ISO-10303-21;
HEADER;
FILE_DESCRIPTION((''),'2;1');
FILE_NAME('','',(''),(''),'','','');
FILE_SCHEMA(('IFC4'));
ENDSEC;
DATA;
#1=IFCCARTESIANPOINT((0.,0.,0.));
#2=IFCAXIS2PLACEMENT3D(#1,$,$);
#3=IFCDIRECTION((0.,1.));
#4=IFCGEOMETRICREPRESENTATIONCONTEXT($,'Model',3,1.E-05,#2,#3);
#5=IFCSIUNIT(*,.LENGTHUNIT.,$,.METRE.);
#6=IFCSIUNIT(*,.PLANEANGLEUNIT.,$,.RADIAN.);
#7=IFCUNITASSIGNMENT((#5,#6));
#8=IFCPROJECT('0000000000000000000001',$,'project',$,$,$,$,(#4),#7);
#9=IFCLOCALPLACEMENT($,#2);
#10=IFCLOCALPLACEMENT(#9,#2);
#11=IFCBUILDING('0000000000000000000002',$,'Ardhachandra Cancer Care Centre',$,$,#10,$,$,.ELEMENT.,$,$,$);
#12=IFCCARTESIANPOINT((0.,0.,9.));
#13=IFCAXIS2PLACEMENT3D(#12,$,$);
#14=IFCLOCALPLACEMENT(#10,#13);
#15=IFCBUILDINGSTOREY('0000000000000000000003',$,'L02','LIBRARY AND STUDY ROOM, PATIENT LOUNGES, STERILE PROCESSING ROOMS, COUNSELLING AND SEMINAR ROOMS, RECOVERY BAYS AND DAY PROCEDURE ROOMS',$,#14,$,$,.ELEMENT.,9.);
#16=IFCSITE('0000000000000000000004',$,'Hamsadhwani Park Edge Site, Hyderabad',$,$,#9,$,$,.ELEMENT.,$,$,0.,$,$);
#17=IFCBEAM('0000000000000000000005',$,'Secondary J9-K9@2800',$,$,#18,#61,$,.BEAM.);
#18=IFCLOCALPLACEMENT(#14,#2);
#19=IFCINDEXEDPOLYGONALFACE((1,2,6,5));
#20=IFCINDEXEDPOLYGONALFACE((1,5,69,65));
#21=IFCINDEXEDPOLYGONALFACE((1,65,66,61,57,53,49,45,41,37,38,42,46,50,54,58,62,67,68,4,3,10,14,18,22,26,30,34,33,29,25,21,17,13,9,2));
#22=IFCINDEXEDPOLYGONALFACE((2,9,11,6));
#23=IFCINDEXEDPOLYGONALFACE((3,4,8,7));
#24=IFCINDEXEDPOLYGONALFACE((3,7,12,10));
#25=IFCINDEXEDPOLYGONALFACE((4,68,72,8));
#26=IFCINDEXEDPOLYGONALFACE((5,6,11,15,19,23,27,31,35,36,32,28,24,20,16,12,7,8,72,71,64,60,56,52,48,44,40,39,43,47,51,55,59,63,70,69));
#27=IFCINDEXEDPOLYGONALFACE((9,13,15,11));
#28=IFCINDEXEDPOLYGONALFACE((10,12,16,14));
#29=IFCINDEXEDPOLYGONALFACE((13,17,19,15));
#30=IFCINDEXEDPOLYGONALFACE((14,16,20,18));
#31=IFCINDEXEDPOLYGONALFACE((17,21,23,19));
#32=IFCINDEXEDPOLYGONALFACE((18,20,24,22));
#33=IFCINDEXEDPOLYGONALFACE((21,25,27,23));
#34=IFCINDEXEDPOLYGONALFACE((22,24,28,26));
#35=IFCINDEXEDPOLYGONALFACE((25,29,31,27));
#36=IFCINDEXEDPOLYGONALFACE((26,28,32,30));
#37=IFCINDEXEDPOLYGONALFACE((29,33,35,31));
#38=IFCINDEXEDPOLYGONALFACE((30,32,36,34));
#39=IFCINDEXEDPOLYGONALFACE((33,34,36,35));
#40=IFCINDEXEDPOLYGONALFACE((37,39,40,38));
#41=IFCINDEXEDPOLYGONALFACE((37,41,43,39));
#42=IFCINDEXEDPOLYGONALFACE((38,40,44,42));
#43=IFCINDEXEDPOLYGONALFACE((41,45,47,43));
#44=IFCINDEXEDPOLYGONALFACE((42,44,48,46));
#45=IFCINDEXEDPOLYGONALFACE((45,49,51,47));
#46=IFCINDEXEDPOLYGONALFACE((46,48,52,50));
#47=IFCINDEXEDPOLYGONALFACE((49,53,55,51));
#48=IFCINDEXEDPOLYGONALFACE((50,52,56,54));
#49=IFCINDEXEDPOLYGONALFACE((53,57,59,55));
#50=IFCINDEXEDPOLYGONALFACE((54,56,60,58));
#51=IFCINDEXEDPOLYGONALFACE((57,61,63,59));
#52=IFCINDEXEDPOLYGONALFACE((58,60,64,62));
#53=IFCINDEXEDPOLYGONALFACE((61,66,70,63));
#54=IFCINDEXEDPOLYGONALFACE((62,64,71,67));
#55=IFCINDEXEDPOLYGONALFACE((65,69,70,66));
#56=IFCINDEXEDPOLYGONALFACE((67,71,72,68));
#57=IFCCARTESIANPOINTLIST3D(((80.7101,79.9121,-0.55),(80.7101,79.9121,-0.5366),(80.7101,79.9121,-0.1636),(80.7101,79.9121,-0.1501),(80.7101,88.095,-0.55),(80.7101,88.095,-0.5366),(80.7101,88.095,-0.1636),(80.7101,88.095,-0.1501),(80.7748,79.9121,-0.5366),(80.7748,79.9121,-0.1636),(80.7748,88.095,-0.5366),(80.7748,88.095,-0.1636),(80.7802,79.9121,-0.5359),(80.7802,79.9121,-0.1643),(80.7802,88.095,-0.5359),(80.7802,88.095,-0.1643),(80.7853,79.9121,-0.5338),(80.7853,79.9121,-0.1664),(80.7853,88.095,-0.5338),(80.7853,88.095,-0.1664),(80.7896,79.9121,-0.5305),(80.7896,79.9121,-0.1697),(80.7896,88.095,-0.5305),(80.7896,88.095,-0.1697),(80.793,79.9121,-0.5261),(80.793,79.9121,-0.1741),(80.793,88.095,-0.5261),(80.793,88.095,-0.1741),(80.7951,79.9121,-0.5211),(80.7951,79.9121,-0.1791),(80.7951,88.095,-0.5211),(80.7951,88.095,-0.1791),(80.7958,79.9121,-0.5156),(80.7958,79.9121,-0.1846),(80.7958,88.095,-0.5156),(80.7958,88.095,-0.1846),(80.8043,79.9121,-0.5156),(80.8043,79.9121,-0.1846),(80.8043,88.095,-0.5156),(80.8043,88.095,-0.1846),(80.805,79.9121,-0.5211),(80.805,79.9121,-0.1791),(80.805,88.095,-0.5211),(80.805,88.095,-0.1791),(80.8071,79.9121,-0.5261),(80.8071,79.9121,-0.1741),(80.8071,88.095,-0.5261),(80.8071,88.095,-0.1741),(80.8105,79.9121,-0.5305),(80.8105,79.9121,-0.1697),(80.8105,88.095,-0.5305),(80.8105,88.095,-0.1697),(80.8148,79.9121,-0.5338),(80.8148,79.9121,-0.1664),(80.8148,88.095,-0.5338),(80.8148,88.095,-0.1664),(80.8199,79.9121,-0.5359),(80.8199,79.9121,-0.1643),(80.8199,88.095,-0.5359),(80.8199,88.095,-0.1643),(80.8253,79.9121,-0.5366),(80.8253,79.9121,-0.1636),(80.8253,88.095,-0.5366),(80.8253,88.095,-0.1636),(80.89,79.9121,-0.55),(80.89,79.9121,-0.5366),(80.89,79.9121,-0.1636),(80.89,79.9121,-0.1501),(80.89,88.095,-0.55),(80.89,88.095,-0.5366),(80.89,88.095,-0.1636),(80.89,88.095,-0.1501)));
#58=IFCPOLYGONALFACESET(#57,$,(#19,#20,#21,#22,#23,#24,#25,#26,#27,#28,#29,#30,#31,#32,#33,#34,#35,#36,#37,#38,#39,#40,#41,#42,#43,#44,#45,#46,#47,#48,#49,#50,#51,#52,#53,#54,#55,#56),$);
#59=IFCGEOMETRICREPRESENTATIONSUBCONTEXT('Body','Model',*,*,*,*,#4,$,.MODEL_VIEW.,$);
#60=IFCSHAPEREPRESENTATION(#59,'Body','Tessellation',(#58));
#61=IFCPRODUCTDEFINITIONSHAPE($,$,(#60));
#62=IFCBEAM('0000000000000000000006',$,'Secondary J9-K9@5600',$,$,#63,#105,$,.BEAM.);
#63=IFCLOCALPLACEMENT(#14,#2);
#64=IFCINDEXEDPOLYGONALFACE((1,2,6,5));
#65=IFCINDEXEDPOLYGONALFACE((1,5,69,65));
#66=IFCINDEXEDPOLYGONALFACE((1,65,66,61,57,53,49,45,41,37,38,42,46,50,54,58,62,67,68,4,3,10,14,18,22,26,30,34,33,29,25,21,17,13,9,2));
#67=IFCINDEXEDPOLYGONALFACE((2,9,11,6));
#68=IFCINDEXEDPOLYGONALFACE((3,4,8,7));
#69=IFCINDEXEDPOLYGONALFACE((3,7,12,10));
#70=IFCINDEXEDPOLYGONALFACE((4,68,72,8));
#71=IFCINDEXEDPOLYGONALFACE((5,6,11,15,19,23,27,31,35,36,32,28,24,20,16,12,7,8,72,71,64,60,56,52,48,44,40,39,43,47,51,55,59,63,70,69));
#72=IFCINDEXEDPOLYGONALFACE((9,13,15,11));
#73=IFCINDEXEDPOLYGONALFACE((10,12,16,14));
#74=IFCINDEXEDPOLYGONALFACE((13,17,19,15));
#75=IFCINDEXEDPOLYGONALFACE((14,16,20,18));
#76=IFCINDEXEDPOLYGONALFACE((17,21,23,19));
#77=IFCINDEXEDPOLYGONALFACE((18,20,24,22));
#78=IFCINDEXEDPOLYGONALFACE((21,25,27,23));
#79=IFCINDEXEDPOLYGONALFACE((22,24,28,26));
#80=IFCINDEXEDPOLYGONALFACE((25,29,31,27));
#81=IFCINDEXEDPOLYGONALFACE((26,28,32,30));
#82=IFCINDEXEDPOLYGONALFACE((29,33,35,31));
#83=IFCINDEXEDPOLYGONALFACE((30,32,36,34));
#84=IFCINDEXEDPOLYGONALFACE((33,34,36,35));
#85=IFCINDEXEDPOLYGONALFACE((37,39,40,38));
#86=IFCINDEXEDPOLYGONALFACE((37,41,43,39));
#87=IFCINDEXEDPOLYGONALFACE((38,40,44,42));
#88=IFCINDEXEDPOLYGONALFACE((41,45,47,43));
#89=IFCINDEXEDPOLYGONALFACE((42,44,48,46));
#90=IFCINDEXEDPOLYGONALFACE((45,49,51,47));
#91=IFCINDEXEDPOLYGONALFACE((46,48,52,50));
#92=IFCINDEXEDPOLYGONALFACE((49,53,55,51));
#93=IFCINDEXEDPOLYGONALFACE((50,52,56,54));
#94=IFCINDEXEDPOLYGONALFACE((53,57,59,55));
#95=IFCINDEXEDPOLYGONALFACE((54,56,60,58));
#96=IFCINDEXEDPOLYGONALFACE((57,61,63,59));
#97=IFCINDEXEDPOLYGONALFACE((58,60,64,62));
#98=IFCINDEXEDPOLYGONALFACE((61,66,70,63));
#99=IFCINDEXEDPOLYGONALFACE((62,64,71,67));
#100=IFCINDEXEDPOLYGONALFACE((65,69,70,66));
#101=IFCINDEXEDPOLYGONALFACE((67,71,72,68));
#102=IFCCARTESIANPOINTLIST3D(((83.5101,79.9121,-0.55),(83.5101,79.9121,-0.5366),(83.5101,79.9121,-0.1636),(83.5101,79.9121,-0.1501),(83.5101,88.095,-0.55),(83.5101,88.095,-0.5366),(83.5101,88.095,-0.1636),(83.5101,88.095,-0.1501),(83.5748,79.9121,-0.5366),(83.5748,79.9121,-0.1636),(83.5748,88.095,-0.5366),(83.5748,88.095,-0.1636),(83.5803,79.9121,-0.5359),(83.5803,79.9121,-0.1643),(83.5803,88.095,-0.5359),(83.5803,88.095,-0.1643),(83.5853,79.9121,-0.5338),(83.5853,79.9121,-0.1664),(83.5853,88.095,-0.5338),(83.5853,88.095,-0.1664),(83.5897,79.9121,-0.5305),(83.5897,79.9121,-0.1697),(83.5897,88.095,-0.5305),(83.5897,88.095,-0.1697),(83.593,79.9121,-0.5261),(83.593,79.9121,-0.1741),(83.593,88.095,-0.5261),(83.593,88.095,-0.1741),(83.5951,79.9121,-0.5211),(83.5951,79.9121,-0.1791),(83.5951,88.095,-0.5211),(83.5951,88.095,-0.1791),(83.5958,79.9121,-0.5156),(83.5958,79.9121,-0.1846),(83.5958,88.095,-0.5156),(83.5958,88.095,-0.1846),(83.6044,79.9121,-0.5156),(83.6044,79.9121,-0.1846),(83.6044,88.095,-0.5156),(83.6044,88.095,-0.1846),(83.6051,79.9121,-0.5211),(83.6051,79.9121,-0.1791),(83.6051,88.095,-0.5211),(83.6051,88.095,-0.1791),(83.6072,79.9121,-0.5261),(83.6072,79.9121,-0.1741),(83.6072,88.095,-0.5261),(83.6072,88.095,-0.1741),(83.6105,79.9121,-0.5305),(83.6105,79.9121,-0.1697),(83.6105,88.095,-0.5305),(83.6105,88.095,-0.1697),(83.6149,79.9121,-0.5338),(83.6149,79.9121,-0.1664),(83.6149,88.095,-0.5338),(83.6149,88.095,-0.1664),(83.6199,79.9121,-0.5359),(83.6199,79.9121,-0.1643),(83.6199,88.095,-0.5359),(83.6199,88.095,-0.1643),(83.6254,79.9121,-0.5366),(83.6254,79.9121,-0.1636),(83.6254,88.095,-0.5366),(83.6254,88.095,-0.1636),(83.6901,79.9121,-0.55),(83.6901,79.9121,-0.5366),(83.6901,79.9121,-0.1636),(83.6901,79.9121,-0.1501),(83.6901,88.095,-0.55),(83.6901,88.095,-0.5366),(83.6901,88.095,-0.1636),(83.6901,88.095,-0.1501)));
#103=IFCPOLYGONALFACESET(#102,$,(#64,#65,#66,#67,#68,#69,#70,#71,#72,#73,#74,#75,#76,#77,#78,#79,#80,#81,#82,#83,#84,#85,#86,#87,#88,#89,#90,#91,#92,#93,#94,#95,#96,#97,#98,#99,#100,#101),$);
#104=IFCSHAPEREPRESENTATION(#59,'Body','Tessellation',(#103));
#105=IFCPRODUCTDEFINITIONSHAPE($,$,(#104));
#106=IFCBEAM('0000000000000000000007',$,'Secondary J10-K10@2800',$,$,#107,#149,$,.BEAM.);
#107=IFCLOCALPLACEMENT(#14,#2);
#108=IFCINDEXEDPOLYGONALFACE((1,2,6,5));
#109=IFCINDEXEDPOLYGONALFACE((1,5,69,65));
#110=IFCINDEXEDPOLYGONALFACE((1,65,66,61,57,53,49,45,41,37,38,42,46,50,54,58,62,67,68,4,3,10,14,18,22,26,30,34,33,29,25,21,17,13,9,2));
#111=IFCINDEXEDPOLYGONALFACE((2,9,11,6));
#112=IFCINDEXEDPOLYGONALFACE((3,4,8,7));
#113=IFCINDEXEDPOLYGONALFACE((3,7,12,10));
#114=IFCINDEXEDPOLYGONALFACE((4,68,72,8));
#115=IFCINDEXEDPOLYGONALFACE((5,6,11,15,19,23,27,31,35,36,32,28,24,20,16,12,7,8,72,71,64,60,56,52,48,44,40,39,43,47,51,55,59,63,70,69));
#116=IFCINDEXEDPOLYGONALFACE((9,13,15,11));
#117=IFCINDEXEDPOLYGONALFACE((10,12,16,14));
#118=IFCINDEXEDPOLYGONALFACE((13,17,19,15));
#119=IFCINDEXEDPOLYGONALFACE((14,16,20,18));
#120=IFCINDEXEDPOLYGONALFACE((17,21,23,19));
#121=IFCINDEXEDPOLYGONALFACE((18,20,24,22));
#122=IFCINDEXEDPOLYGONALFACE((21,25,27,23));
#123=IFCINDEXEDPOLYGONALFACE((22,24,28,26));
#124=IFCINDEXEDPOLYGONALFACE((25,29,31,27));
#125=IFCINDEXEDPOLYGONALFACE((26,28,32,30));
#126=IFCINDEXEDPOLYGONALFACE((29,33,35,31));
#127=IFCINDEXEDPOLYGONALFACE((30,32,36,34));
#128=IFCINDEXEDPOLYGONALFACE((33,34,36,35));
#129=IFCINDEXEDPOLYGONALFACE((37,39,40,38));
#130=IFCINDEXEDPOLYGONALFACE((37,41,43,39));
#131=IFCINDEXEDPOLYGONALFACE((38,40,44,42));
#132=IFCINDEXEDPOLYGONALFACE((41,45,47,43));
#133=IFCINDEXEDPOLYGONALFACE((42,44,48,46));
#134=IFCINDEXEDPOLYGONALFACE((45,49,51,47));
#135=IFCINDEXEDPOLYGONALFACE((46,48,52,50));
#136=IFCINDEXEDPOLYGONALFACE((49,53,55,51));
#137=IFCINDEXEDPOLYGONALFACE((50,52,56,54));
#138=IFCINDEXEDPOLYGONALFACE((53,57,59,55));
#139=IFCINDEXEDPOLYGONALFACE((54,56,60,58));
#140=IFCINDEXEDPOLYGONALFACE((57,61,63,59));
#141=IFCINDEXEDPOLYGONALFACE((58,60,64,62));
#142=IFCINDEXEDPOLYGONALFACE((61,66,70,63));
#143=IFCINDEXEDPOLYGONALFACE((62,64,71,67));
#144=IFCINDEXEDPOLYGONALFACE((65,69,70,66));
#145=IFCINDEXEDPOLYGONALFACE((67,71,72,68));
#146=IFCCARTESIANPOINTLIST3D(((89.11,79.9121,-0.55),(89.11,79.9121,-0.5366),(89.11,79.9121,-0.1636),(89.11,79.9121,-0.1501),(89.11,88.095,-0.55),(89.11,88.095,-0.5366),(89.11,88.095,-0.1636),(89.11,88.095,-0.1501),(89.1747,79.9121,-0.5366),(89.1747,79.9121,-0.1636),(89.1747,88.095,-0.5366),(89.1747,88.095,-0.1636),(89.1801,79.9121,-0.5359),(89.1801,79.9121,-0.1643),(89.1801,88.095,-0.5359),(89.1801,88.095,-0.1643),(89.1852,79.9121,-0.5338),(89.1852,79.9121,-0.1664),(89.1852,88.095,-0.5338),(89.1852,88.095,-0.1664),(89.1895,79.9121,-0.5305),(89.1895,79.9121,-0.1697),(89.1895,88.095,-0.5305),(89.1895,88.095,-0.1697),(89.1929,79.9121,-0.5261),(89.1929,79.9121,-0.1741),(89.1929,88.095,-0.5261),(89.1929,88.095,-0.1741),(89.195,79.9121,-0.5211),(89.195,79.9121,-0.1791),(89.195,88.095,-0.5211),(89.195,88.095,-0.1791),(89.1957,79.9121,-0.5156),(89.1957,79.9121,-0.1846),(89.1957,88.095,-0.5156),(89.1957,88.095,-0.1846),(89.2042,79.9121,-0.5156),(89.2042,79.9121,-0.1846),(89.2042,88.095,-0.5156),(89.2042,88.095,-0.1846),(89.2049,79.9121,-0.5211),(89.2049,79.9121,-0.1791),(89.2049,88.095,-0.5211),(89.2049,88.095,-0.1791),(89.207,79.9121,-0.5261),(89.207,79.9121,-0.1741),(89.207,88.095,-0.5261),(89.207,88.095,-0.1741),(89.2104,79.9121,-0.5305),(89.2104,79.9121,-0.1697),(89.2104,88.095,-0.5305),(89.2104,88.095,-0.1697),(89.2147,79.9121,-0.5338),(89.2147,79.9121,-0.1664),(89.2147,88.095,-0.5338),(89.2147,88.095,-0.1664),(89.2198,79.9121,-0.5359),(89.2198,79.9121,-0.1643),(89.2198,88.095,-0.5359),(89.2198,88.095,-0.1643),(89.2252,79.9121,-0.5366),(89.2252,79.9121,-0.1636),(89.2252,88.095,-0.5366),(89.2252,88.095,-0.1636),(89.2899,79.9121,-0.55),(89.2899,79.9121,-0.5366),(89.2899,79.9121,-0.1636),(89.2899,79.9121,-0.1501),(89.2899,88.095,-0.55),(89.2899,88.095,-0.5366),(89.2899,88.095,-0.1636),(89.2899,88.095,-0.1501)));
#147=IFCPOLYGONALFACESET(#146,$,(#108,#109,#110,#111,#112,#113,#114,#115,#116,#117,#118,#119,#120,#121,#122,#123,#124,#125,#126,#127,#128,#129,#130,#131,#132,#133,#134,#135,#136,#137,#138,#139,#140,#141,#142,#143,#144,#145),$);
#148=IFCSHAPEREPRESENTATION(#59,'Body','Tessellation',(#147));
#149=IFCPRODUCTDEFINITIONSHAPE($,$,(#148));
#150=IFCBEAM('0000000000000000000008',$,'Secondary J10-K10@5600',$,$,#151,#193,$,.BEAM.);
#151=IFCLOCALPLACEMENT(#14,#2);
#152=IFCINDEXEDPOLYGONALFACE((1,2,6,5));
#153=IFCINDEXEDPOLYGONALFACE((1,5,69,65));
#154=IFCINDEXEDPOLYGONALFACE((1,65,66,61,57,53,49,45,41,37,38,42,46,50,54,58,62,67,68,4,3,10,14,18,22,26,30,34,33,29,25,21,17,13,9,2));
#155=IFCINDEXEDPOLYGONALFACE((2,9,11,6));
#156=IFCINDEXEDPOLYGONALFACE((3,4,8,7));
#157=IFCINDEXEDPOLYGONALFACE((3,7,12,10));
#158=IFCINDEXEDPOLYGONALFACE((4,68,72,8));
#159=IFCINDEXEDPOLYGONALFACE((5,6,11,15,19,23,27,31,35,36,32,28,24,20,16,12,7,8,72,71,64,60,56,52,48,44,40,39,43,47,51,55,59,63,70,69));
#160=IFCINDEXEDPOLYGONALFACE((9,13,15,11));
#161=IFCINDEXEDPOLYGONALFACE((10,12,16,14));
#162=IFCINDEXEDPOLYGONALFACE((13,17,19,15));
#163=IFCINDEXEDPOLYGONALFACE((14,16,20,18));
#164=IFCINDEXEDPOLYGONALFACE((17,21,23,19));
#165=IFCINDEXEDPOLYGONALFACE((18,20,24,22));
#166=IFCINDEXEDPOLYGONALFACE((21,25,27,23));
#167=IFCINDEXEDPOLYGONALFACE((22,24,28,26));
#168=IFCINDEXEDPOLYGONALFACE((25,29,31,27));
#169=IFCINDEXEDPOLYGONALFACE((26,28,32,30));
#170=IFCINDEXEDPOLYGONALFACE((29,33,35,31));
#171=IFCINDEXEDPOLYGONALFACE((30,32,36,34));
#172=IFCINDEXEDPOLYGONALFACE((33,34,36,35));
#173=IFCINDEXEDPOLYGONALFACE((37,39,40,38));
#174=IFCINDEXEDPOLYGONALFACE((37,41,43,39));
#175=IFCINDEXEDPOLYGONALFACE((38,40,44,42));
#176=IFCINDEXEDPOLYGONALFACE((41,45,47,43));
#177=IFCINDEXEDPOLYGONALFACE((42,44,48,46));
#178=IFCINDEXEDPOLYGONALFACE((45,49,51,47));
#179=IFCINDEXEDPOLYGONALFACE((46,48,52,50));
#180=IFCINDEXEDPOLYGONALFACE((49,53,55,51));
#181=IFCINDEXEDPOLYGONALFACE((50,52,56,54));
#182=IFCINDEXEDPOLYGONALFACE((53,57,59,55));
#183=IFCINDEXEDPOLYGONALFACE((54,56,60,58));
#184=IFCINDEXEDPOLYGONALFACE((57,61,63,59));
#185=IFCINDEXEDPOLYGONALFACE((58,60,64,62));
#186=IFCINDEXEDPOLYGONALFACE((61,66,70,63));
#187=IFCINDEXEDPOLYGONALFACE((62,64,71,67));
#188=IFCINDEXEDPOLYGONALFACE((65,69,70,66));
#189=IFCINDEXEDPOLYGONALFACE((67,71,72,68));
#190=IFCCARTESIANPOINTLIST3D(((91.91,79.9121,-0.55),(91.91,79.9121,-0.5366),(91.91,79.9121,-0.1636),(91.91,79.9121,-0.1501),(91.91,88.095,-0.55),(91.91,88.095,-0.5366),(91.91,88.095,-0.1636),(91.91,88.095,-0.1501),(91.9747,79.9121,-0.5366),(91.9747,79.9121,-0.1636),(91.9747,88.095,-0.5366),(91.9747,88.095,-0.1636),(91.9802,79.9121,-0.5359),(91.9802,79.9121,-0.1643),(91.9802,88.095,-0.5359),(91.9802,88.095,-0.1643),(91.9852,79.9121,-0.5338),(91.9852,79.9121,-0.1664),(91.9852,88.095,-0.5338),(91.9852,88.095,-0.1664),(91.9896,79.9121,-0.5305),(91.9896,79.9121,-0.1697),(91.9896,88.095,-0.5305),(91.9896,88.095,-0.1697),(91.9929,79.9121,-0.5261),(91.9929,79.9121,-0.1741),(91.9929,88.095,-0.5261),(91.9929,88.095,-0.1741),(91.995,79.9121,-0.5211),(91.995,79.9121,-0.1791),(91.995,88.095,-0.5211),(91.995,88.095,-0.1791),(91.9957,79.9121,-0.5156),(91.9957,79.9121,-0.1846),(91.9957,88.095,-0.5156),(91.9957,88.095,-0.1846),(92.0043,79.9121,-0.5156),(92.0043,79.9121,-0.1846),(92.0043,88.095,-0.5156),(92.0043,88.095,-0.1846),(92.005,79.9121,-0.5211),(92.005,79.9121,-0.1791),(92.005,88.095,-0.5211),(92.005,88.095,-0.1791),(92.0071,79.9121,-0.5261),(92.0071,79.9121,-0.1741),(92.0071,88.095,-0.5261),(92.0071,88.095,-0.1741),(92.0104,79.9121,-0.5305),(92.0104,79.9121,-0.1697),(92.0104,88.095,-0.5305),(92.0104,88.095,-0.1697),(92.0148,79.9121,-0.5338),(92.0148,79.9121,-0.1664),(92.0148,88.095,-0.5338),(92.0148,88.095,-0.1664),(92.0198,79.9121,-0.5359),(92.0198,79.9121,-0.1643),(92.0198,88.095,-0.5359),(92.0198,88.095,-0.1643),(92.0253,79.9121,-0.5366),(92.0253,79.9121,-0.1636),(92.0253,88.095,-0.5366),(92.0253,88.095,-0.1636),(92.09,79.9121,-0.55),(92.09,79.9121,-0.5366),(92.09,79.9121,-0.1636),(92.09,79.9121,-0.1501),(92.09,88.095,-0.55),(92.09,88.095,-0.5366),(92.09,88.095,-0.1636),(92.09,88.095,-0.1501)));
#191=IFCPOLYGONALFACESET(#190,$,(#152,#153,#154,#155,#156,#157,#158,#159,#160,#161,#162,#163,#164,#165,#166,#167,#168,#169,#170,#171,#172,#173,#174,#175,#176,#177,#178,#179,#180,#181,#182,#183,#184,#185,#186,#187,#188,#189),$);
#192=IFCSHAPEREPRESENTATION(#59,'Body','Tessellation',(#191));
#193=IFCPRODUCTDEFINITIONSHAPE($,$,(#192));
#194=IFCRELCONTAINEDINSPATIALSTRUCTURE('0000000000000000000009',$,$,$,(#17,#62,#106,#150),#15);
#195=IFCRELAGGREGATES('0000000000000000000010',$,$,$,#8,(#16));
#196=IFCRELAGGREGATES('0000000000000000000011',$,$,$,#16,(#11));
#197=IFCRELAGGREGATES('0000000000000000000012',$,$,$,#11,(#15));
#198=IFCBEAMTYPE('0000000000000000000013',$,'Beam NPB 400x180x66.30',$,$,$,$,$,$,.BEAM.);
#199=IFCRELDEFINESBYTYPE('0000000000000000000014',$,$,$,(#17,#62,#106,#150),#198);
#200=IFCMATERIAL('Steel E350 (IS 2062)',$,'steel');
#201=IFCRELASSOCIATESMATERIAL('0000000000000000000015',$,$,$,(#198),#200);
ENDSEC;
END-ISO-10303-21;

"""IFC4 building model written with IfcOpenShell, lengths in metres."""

from ifc_helpers import new_model, si_unit, direction, frame, origin, origin_2d, place, context, subcontext, project, spatial, i_section, extrude, material, material_profile, profile_set, type_object, element, save


model = new_model("IFC4")

# Units and contexts
model_context = context("Model", 3, precision=1e-05, world=origin(), true_north=direction((0.0, 1.0)))
body_context = subcontext(model_context, "Body", "Model", "MODEL_VIEW")
ifc_project = project(units=[si_unit("LENGTHUNIT", "METRE"), si_unit("PLANEANGLEUNIT", "RADIAN")], contexts=[model_context])

# Site, building, storey
site_placement = place(None, origin())
site = spatial("IfcSite", under=ifc_project, at=site_placement, Name="Hamsadhwani Park Edge Site, Hyderabad", CompositionType="ELEMENT", RefElevation=0.0)
building_placement = place(site_placement, origin())
building = spatial("IfcBuilding", under=site, at=building_placement, Name="Ardhachandra Cancer Care Centre", CompositionType="ELEMENT")
storey_placement = place(building_placement, frame((0.0, 0.0, 9.0)))
storey = spatial("IfcBuildingStorey", under=building, at=storey_placement, Name="L02", Description="LIBRARY AND STUDY ROOM, PATIENT LOUNGES, STERILE PROCESSING ROOMS, COUNSELLING AND SEMINAR ROOMS, RECOVERY BAYS AND DAY PROCEDURE ROOMS", CompositionType="ELEMENT", Elevation=9.0)

# Beams
ifc_material_1 = material(Name="Steel E350 (IS 2062)", Category="steel")
ifc_material_profile_1 = material_profile(ifc_material_1, i_section(OverallWidth=0.1799, OverallDepth=0.3999, WebThickness=0.0085, FlangeThickness=0.0134, FilletRadius=0.021, at=origin_2d()), Name="NPB 400x180x66.30")
ifc_profile_set_1 = profile_set([ifc_material_profile_1], Name="Steel E350 (IS 2062)")
beam_type_1 = type_object("IfcBeamType", Name="Beam NPB 400x180x66.30", PredefinedType="BEAM", material=ifc_profile_set_1)
for number, where, z_axis, x_axis, name in (
    (1, (80.8, 79.9121, -0.3501), (0.0, 1.0, 0.0), (-1.0, 0.0, 0.0), "Secondary J9-K9@2800"),
    (2, (83.6001, 79.9121, -0.3501), (0.0, 1.0, 0.0), (-1.0, 0.0, 0.0), "Secondary J9-K9@5600"),
    (3, (89.2, 79.9121, -0.3501), (0.0, 1.0, 0.0), (-1.0, 0.0, 0.0), "Secondary J10-K10@2800"),
    (4, (92.0, 79.9121, -0.3501), (0.0, 1.0, 0.0), (-1.0, 0.0, 0.0), "Secondary J10-K10@5600"),
):
    element("IfcBeam", number, at=place(storey_placement, frame(where, z_axis=z_axis, x_axis=x_axis)), inside=storey, type_object=beam_type_1, Name=name, PredefinedType="BEAM", context=body_context, shape_type="SweptSolid", body=[
        extrude(i_section(OverallWidth=0.1799, OverallDepth=0.3999, WebThickness=0.0085, FlangeThickness=0.0134, FilletRadius=0.021, at=origin_2d()), origin(), (0.0, 0.0, 1.0), 8.1829),
    ])

save(model, "model.ifc")
